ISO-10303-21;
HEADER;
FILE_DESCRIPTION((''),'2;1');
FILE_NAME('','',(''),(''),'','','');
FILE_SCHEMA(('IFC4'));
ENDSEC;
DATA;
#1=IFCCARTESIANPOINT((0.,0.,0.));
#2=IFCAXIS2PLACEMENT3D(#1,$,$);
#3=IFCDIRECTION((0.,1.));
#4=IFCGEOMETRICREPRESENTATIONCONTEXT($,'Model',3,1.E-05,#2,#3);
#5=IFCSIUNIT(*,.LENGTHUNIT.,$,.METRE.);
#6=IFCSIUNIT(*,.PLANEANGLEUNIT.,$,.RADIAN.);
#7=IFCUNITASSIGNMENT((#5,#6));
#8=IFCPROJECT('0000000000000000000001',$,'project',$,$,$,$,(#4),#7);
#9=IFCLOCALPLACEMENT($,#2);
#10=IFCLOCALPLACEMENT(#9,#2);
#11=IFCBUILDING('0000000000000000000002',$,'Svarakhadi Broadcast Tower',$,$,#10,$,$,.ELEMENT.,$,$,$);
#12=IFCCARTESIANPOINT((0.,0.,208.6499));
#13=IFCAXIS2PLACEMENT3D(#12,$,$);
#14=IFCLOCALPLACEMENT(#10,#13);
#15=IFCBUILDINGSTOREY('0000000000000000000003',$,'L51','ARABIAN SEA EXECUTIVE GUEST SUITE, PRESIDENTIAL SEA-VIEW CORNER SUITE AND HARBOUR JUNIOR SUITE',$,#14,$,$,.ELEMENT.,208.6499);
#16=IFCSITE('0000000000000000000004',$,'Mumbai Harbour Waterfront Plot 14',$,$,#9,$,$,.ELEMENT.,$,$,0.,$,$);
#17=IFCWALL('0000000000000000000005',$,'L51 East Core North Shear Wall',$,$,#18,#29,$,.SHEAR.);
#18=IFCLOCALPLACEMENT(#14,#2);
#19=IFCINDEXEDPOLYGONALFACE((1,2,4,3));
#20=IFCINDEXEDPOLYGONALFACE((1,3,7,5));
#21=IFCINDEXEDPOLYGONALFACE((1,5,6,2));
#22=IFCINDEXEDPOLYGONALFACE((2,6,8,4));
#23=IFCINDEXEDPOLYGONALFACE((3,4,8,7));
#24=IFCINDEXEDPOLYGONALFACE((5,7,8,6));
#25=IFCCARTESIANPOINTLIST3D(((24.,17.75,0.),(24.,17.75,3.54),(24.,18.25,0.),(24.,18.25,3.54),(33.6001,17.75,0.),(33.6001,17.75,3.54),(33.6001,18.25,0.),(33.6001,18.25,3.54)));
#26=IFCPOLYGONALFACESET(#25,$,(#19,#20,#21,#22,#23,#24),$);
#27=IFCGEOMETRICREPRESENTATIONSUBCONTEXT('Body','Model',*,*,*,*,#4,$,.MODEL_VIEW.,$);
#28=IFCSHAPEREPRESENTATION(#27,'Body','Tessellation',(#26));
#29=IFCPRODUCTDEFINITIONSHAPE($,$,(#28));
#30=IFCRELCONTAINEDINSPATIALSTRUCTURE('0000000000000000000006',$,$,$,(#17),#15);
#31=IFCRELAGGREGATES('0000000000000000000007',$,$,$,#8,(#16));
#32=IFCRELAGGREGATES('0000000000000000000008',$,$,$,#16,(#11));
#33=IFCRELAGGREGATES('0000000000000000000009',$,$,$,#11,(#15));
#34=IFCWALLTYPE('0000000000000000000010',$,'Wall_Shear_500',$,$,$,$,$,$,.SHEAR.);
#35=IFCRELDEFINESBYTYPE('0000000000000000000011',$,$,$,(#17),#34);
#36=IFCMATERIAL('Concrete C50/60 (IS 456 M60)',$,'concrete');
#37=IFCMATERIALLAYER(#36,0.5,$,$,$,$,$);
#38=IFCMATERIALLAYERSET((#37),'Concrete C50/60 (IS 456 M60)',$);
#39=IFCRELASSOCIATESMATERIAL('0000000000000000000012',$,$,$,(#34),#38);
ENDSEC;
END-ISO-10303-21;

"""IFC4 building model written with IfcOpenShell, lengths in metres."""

from ifc_helpers import new_model, si_unit, direction, frame, frame_2d, origin, place, context, subcontext, project, spatial, rectangle, extrude, material, layer, layer_set, type_object, element, save


model = new_model("IFC4")

# Units and contexts
model_context = context("Model", 3, precision=1e-05, world=origin(), true_north=direction((0.0, 1.0)))
body_context = subcontext(model_context, "Body", "Model", "MODEL_VIEW")
ifc_project = project(units=[si_unit("LENGTHUNIT", "METRE"), si_unit("PLANEANGLEUNIT", "RADIAN")], contexts=[model_context])

# Site, building, storey
site_placement = place(None, origin())
site = spatial("IfcSite", under=ifc_project, at=site_placement, Name="Mumbai Harbour Waterfront Plot 14", CompositionType="ELEMENT", RefElevation=0.0)
building_placement = place(site_placement, origin())
building = spatial("IfcBuilding", under=site, at=building_placement, Name="Svarakhadi Broadcast Tower", CompositionType="ELEMENT")
storey_placement = place(building_placement, frame((0.0, 0.0, 208.6499)))
storey = spatial("IfcBuildingStorey", under=building, at=storey_placement, Name="L51", Description="ARABIAN SEA EXECUTIVE GUEST SUITE, PRESIDENTIAL SEA-VIEW CORNER SUITE AND HARBOUR JUNIOR SUITE", CompositionType="ELEMENT", Elevation=208.6499)

# Shared definitions
ifc_material_1 = material(Name="Concrete C50/60 (IS 456 M60)", Category="concrete")

# Wall
ifc_layer_1 = layer(ifc_material_1, 0.5)
ifc_layer_set_1 = layer_set([ifc_layer_1], Name="Concrete C50/60 (IS 456 M60)")
wall_type_1 = type_object("IfcWallType", Name="Wall_Shear_500", PredefinedType="SHEAR", material=ifc_layer_set_1)
wall_1_placement = place(storey_placement, frame((24.0, 18.0, 0.0), z_axis=(0.0, 0.0, 1.0), x_axis=(1.0, 0.0, 0.0)))
element("IfcWall", 1, at=wall_1_placement, inside=storey, type_object=wall_type_1, Name="L51 East Core North Shear Wall", PredefinedType="SHEAR", context=body_context, shape_type="SweptSolid", body=[
    extrude(rectangle(XDim=9.6001, YDim=0.5, at=frame_2d((4.8, 0.0))), origin(), (0.0, 0.0, 1.0), 3.54),
])

save(model, "model.ifc")
